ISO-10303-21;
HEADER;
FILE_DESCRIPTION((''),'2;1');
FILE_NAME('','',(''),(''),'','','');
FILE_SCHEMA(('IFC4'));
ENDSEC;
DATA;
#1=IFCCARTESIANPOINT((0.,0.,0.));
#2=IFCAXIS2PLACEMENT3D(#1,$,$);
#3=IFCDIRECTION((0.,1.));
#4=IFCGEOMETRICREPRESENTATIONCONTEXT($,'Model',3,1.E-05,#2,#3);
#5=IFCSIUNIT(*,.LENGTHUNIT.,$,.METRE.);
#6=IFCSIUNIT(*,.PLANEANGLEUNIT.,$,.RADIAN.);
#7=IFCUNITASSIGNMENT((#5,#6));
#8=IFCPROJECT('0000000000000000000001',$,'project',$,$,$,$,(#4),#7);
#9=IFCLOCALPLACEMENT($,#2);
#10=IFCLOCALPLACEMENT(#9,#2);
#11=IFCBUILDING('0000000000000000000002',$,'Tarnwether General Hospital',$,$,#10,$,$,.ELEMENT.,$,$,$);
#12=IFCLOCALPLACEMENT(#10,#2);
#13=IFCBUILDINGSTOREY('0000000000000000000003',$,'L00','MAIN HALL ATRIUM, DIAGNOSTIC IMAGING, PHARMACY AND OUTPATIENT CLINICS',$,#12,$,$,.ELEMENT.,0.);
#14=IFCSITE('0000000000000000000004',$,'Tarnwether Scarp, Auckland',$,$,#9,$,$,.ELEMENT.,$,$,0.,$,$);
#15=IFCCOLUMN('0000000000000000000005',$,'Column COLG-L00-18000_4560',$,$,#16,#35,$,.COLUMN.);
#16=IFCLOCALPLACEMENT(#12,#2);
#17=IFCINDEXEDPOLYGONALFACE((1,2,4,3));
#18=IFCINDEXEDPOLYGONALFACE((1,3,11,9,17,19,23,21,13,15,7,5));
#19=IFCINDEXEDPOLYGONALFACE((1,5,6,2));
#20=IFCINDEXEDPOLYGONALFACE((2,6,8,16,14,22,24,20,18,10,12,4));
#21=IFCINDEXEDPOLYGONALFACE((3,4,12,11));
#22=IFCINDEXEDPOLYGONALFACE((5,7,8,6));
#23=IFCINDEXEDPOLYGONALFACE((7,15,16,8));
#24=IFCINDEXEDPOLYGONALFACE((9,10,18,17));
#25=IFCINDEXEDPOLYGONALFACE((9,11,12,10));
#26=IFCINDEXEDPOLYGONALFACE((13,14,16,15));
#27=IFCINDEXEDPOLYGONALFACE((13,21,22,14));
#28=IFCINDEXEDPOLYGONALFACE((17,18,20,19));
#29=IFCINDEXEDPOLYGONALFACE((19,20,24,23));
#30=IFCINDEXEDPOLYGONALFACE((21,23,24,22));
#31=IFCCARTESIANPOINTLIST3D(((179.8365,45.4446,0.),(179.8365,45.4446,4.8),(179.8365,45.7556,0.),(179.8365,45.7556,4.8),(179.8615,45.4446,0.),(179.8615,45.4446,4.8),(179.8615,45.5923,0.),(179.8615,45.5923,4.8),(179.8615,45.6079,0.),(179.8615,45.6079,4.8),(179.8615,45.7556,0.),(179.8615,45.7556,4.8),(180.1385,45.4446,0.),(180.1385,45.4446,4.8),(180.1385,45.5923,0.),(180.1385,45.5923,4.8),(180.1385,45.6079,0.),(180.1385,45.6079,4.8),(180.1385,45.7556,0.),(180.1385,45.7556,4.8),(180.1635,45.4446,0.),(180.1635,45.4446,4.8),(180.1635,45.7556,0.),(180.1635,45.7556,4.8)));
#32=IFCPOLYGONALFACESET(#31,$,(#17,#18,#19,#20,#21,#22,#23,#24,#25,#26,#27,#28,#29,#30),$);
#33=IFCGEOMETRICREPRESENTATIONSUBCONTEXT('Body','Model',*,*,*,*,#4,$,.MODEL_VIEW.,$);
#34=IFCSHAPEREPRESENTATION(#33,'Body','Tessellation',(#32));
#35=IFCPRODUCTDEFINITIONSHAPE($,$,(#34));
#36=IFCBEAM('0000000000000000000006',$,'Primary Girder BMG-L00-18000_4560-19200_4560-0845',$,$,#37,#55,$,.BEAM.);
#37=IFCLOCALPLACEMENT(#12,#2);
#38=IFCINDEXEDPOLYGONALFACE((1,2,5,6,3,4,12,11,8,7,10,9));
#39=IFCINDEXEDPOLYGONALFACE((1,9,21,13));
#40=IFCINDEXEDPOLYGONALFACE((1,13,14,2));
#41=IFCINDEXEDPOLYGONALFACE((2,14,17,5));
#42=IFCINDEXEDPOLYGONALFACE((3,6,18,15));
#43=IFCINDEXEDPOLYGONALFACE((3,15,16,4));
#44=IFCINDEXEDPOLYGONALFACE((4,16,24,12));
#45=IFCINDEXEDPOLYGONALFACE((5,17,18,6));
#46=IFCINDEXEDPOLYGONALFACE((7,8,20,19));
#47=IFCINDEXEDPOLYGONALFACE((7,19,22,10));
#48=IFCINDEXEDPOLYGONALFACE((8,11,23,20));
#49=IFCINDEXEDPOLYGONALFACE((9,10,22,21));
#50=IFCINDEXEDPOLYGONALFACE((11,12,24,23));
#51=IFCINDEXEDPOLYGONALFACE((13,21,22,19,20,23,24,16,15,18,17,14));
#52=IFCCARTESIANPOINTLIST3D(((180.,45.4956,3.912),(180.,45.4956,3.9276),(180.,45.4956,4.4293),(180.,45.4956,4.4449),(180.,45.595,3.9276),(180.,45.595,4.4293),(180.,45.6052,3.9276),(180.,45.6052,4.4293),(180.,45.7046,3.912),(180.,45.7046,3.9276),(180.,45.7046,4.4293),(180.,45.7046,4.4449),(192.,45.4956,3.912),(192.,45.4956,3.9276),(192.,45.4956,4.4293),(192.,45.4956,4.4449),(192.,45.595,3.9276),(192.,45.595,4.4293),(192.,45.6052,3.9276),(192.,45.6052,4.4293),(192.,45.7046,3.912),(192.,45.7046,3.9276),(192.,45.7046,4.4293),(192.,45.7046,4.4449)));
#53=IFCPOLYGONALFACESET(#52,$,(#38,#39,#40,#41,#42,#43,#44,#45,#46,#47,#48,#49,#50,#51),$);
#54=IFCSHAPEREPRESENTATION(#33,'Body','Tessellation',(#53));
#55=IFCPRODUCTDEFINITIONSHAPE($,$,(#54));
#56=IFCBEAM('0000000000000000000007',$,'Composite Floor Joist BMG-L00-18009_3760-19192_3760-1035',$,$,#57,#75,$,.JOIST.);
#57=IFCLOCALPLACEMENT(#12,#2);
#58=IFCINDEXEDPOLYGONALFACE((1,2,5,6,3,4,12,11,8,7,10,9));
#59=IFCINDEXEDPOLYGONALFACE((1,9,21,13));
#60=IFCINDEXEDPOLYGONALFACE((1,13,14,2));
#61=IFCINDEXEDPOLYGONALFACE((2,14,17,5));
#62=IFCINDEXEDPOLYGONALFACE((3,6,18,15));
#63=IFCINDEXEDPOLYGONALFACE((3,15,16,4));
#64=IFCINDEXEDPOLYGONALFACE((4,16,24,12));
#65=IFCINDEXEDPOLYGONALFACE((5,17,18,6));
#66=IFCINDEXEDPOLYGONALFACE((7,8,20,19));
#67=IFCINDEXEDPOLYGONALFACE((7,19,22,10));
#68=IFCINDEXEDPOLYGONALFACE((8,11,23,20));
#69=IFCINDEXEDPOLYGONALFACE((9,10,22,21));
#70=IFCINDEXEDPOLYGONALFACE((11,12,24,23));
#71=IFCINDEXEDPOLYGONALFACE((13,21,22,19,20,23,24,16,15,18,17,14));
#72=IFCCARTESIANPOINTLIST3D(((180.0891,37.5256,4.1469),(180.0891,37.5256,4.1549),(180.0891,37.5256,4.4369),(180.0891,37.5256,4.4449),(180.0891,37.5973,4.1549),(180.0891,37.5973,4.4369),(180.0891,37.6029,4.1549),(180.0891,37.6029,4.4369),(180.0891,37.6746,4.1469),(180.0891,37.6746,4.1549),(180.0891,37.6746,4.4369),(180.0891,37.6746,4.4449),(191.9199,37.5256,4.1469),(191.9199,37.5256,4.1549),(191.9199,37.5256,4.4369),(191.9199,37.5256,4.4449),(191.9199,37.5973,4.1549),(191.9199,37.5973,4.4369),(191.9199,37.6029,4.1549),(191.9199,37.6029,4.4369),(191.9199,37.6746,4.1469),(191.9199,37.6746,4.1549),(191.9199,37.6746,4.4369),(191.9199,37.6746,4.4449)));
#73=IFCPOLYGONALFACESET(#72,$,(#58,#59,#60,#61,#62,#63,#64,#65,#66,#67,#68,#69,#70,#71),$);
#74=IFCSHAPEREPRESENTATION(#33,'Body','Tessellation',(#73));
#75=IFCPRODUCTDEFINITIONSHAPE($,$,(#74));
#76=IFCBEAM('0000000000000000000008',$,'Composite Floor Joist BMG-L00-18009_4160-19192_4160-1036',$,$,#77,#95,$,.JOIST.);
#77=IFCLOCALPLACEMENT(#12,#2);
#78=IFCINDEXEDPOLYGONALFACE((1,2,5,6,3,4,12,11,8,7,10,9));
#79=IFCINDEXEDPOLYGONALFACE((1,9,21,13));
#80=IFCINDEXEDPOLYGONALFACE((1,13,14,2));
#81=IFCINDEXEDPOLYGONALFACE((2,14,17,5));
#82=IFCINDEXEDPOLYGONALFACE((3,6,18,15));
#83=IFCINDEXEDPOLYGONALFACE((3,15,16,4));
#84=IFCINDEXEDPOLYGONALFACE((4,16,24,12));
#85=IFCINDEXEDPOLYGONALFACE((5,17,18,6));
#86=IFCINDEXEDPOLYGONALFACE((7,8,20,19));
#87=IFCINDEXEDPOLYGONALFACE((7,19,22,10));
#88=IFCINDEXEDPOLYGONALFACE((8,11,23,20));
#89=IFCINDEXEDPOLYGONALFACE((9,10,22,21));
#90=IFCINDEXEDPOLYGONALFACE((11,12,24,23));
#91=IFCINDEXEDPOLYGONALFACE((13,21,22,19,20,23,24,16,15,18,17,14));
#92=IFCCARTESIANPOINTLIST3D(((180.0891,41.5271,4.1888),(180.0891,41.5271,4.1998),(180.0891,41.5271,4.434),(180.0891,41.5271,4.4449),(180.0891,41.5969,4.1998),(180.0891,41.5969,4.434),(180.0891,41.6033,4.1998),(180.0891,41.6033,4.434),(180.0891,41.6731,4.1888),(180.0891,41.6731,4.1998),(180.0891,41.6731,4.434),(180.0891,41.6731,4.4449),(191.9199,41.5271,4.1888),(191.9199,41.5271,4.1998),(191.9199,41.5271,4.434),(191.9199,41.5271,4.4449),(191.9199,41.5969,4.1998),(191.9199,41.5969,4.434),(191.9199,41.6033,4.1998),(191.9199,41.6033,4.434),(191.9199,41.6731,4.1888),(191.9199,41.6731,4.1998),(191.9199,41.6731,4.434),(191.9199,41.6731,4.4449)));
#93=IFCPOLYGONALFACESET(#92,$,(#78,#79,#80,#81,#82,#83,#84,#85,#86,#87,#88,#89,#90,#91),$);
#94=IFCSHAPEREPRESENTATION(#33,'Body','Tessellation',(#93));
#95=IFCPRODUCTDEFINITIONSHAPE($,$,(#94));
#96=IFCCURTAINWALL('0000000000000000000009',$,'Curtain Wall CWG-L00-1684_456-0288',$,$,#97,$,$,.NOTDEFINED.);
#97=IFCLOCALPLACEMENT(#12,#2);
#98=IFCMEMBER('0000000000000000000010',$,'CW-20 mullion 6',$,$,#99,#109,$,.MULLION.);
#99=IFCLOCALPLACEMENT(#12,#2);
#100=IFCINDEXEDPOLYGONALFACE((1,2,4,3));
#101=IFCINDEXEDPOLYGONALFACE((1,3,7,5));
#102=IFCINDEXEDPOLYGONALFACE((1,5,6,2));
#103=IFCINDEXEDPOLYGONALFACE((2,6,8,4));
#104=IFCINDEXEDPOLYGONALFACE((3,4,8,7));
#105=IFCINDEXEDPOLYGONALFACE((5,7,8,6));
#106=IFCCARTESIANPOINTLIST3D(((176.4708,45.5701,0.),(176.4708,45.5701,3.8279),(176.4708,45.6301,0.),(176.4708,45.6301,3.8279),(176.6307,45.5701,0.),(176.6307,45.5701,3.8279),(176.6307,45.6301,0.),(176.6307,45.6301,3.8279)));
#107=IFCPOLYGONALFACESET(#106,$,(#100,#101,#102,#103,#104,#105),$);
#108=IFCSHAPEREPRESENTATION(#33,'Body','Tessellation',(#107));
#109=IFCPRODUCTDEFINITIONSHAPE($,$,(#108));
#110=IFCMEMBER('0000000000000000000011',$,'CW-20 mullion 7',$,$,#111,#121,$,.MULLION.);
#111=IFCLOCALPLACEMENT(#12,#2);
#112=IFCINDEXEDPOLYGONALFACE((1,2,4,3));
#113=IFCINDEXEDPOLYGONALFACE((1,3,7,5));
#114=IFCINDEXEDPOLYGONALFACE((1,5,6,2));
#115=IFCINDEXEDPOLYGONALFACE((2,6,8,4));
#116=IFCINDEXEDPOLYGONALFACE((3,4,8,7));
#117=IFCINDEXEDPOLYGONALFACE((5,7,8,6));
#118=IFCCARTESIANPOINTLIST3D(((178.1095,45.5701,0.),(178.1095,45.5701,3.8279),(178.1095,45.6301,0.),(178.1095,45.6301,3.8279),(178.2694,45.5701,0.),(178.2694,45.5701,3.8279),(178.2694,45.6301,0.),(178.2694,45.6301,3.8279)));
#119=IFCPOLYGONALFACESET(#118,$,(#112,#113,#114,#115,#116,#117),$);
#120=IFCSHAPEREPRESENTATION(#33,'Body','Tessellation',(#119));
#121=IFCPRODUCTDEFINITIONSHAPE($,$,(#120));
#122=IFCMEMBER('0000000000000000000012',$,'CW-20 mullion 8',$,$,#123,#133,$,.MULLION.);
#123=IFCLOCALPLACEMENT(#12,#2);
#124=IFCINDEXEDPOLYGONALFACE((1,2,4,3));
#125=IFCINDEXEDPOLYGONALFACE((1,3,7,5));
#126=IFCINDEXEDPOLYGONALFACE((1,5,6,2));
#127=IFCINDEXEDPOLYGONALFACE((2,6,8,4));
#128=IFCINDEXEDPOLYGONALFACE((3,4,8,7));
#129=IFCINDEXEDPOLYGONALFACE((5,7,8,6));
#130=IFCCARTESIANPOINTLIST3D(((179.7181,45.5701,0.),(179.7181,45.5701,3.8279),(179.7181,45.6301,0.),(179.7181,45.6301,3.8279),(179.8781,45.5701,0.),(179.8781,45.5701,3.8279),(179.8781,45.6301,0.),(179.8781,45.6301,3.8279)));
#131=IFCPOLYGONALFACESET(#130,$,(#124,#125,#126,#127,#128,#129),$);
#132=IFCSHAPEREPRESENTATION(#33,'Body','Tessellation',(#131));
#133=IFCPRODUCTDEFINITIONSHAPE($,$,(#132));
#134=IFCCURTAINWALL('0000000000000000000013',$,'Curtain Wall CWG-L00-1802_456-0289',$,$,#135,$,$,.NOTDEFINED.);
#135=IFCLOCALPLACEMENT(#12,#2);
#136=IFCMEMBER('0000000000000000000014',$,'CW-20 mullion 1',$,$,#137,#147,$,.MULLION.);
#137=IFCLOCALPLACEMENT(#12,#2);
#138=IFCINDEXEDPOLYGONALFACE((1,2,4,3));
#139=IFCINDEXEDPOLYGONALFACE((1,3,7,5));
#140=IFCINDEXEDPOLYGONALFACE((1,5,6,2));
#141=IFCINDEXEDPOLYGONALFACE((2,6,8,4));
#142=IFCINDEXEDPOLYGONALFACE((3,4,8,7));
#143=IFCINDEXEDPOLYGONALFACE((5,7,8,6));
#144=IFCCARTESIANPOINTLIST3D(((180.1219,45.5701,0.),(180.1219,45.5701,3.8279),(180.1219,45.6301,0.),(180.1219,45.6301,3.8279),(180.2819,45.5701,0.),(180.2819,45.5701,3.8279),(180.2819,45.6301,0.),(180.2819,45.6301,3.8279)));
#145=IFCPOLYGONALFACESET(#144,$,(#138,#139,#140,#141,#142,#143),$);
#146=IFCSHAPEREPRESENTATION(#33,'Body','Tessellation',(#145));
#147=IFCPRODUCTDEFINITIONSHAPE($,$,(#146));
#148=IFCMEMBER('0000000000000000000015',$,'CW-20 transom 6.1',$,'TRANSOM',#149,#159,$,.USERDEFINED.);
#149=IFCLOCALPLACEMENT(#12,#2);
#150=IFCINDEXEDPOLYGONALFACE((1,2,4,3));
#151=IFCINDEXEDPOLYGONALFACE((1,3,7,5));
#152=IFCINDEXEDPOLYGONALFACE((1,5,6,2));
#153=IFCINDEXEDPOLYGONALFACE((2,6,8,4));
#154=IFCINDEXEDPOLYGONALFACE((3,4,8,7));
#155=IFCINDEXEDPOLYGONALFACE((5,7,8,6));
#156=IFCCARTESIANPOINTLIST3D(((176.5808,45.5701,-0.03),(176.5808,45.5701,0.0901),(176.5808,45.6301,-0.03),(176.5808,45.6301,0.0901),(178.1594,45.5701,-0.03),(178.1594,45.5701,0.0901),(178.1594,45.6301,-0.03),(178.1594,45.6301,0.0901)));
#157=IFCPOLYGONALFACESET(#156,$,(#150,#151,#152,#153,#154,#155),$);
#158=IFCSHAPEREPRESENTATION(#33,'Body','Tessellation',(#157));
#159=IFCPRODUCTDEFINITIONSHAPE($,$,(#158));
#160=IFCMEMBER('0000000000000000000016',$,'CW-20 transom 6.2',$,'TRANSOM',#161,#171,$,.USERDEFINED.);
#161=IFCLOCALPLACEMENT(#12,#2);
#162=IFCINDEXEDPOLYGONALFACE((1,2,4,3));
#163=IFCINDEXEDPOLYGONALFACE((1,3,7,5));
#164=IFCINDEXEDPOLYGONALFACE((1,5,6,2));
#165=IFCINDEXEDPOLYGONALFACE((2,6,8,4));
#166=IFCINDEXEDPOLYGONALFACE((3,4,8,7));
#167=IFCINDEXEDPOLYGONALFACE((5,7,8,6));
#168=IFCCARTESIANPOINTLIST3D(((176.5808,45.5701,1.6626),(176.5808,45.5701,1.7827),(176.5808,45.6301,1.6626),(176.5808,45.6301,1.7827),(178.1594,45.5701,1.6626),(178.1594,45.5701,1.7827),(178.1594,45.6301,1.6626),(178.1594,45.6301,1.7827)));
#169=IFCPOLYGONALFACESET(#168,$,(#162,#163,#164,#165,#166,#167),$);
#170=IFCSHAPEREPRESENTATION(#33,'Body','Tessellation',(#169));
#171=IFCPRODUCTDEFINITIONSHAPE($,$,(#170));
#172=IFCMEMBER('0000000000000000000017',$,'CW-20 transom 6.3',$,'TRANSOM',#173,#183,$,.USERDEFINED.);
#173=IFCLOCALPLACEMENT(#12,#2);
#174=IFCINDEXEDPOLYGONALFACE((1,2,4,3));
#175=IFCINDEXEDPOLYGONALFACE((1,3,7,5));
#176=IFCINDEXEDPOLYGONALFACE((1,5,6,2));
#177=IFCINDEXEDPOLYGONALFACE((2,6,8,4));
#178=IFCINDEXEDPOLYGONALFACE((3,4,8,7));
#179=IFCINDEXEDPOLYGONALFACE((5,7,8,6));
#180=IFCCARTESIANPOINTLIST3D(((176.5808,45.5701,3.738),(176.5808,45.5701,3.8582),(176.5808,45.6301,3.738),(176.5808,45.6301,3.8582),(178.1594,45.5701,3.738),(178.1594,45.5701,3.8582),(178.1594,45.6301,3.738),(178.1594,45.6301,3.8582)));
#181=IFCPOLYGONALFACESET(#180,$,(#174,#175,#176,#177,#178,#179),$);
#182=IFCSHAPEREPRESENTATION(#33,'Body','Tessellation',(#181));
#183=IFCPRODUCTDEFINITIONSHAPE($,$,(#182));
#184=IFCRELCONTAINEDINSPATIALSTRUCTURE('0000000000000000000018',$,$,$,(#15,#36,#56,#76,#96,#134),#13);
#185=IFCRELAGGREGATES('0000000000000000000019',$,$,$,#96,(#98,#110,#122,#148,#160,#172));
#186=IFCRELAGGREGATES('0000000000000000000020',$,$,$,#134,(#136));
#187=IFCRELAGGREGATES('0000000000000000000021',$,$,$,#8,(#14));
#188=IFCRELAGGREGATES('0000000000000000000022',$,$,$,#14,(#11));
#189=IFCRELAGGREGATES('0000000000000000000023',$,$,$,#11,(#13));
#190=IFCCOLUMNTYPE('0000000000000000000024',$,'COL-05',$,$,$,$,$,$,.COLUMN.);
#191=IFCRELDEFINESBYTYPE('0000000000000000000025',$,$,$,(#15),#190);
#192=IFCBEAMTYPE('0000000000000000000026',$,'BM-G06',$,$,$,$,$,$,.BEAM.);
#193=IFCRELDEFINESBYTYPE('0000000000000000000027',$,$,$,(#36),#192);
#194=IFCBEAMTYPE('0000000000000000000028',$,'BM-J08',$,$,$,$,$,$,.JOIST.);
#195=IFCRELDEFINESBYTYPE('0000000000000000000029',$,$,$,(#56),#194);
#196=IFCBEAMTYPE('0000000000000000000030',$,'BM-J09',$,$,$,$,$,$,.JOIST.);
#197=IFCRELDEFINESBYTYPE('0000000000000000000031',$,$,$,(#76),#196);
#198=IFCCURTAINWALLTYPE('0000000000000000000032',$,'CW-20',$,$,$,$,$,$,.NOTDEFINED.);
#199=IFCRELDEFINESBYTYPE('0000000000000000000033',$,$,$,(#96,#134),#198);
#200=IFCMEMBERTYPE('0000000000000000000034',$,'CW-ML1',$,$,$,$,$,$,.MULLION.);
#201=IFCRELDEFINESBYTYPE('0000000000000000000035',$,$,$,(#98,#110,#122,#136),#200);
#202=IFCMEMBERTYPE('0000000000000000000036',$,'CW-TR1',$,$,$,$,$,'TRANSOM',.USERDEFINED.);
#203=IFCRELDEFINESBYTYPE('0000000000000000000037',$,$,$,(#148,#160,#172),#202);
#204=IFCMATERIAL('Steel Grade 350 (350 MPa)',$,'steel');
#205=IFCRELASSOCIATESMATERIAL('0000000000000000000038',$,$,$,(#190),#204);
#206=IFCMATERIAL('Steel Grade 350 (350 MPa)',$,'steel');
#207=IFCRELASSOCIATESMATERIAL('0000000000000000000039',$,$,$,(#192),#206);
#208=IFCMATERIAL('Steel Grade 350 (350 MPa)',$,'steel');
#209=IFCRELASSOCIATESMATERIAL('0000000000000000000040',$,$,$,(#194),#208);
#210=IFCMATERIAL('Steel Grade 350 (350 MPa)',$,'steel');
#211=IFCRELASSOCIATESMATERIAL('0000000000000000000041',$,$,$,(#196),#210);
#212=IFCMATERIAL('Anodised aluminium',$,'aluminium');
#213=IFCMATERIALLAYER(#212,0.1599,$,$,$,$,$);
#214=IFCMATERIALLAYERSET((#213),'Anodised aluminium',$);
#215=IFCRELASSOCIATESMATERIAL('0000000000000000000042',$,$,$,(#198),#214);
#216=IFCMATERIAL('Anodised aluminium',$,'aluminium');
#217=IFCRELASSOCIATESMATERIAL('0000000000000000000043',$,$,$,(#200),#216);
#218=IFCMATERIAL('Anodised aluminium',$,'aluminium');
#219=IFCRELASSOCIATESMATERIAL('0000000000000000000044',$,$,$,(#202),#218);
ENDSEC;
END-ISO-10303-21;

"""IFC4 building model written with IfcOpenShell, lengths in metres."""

from ifc_helpers import new_model, si_unit, direction, frame, origin, origin_2d, place, context, subcontext, project, spatial, rectangle, i_section, extrude, material, layer, layer_set, material_profile, profile_set, type_object, element, aggregate, save


model = new_model("IFC4")

# Units and contexts
model_context = context("Model", 3, precision=1e-05, world=origin(), true_north=direction((0.0, 1.0)))
body_context = subcontext(model_context, "Body", "Model", "MODEL_VIEW")
ifc_project = project(units=[si_unit("LENGTHUNIT", "METRE"), si_unit("PLANEANGLEUNIT", "RADIAN")], contexts=[model_context])

# Site, building, storey
site_placement = place(None, origin())
site = spatial("IfcSite", under=ifc_project, at=site_placement, Name="Tarnwether Scarp, Auckland", CompositionType="ELEMENT", RefElevation=0.0)
building_placement = place(site_placement, origin())
building = spatial("IfcBuilding", under=site, at=building_placement, Name="Tarnwether General Hospital", CompositionType="ELEMENT")
storey_placement = place(building_placement, origin())
storey = spatial("IfcBuildingStorey", under=building, at=storey_placement, Name="L00", Description="MAIN HALL ATRIUM, DIAGNOSTIC IMAGING, PHARMACY AND OUTPATIENT CLINICS", CompositionType="ELEMENT", Elevation=0.0)

# Column
ifc_material_1 = material(Name="Steel Grade 350 (350 MPa)", Category="steel")
ifc_material_profile_1 = material_profile(ifc_material_1, i_section(OverallWidth=0.311, OverallDepth=0.3269, WebThickness=0.0156, FlangeThickness=0.0249, at=origin_2d()), Name="310UC158")
ifc_profile_set_1 = profile_set([ifc_material_profile_1], Name="Steel Grade 350 (350 MPa)")
column_type = type_object("IfcColumnType", Name="COL-05", PredefinedType="COLUMN", material=ifc_profile_set_1)
column_placement = place(storey_placement, frame((180.0, 45.6001, 0.0), z_axis=(0.0, 0.0, 1.0), x_axis=(0.0, 1.0, 0.0)))
element("IfcColumn", 1, at=column_placement, inside=storey, type_object=column_type, Name="Column COLG-L00-18000_4560", PredefinedType="COLUMN", context=body_context, shape_type="SweptSolid", body=[
    extrude(i_section(OverallWidth=0.311, OverallDepth=0.3269, WebThickness=0.0156, FlangeThickness=0.0249, at=origin_2d()), origin(), (0.0, 0.0, 1.0), 4.8),
])

# Beams
ifc_material_2 = material(Name="Steel Grade 350 (350 MPa)", Category="steel")
ifc_material_profile_2 = material_profile(ifc_material_2, i_section(OverallWidth=0.209, OverallDepth=0.533, WebThickness=0.0103, FlangeThickness=0.0156, at=origin_2d()), Name="530UB92.4")
ifc_profile_set_2 = profile_set([ifc_material_profile_2], Name="Steel Grade 350 (350 MPa)")
beam_type_1 = type_object("IfcBeamType", Name="BM-G06", PredefinedType="BEAM", material=ifc_profile_set_2)
beam_1_placement = place(storey_placement, frame((180.0, 45.6001, 4.1785), z_axis=(1.0, 0.0, 0.0), x_axis=(0.0, 1.0, 0.0)))
element("IfcBeam", 2, at=beam_1_placement, inside=storey, type_object=beam_type_1, Name="Primary Girder BMG-L00-18000_4560-19200_4560-0845", PredefinedType="BEAM", context=body_context, shape_type="SweptSolid", body=[
    extrude(i_section(OverallWidth=0.209, OverallDepth=0.533, WebThickness=0.0103, FlangeThickness=0.0156, at=origin_2d()), origin(), (0.0, 0.0, 1.0), 12.0),
])
ifc_material_3 = material(Name="Steel Grade 350 (350 MPa)", Category="steel")
ifc_material_profile_3 = material_profile(ifc_material_3, i_section(OverallWidth=0.1489, OverallDepth=0.2981, WebThickness=0.0056, FlangeThickness=0.0081, at=origin_2d()), Name="310UB32.0")
ifc_profile_set_3 = profile_set([ifc_material_profile_3], Name="Steel Grade 350 (350 MPa)")
beam_type_2 = type_object("IfcBeamType", Name="BM-J08", PredefinedType="JOIST", material=ifc_profile_set_3)
beam_2_placement = place(storey_placement, frame((180.0891, 37.6001, 4.2959), z_axis=(1.0, 0.0, 0.0), x_axis=(0.0, 1.0, 0.0)))
element("IfcBeam", 3, at=beam_2_placement, inside=storey, type_object=beam_type_2, Name="Composite Floor Joist BMG-L00-18009_3760-19192_3760-1035", PredefinedType="JOIST", context=body_context, shape_type="SweptSolid", body=[
    extrude(i_section(OverallWidth=0.1489, OverallDepth=0.2981, WebThickness=0.0056, FlangeThickness=0.0081, at=origin_2d()), origin(), (0.0, 0.0, 1.0), 11.8308),
])
ifc_material_4 = material(Name="Steel Grade 350 (350 MPa)", Category="steel")
ifc_material_profile_4 = material_profile(ifc_material_4, i_section(OverallWidth=0.146, OverallDepth=0.2561, WebThickness=0.0063, FlangeThickness=0.011, at=origin_2d()), Name="250UB37.3")
ifc_profile_set_4 = profile_set([ifc_material_profile_4], Name="Steel Grade 350 (350 MPa)")
beam_type_3 = type_object("IfcBeamType", Name="BM-J09", PredefinedType="JOIST", material=ifc_profile_set_4)
beam_3_placement = place(storey_placement, frame((180.0891, 41.6001, 4.3169), z_axis=(1.0, 0.0, 0.0), x_axis=(0.0, 1.0, 0.0)))
element("IfcBeam", 4, at=beam_3_placement, inside=storey, type_object=beam_type_3, Name="Composite Floor Joist BMG-L00-18009_4160-19192_4160-1036", PredefinedType="JOIST", context=body_context, shape_type="SweptSolid", body=[
    extrude(i_section(OverallWidth=0.146, OverallDepth=0.2561, WebThickness=0.0063, FlangeThickness=0.011, at=origin_2d()), origin(), (0.0, 0.0, 1.0), 11.8308),
])

# Curtain wall, members
ifc_material_5 = material(Name="Anodised aluminium", Category="aluminium")
ifc_layer_1 = layer(ifc_material_5, 0.1599)
ifc_layer_set_1 = layer_set([ifc_layer_1], Name="Anodised aluminium")
curtain_wall_type = type_object("IfcCurtainWallType", Name="CW-20", PredefinedType="NOTDEFINED", material=ifc_layer_set_1)
curtain_wall_1_placement = place(storey_placement, origin())
curtain_wall_1 = element("IfcCurtainWall", 5, at=curtain_wall_1_placement, inside=storey, type_object=curtain_wall_type, Name="Curtain Wall CWG-L00-1684_456-0288", PredefinedType="NOTDEFINED")
ifc_material_6 = material(Name="Anodised aluminium", Category="aluminium")
ifc_material_profile_5 = material_profile(ifc_material_6, rectangle(XDim=0.0601, YDim=0.1599, at=origin_2d()), Name="ALU-MUL-60x160")
ifc_profile_set_5 = profile_set([ifc_material_profile_5], Name="Anodised aluminium")
member_type_1 = type_object("IfcMemberType", Name="CW-ML1", PredefinedType="MULLION", material=ifc_profile_set_5)
member_1_placement = place(storey_placement, frame((176.5508, 45.6001, 0.0), z_axis=(0.0, 0.0, 1.0), x_axis=(0.0, 1.0, 0.0)))
member_1 = element("IfcMember", 6, at=member_1_placement, type_object=member_type_1, Name="CW-20 mullion 6", PredefinedType="MULLION", context=body_context, shape_type="SweptSolid", body=[
    extrude(rectangle(XDim=0.0601, YDim=0.1599, at=origin_2d()), origin(), (0.0, 0.0, 1.0), 3.8279),
])
member_2_placement = place(storey_placement, frame((178.1895, 45.6001, 0.0), z_axis=(0.0, 0.0, 1.0), x_axis=(0.0, 1.0, 0.0)))
member_2 = element("IfcMember", 7, at=member_2_placement, type_object=member_type_1, Name="CW-20 mullion 7", PredefinedType="MULLION", context=body_context, shape_type="SweptSolid", body=[
    extrude(rectangle(XDim=0.0601, YDim=0.1599, at=origin_2d()), origin(), (0.0, 0.0, 1.0), 3.8279),
])
member_3_placement = place(storey_placement, frame((179.7981, 45.6001, 0.0), z_axis=(0.0, 0.0, 1.0), x_axis=(0.0, 1.0, 0.0)))
member_3 = element("IfcMember", 8, at=member_3_placement, type_object=member_type_1, Name="CW-20 mullion 8", PredefinedType="MULLION", context=body_context, shape_type="SweptSolid", body=[
    extrude(rectangle(XDim=0.0601, YDim=0.1599, at=origin_2d()), origin(), (0.0, 0.0, 1.0), 3.8279),
])

# Curtain wall, member
curtain_wall_2_placement = place(storey_placement, origin())
curtain_wall_2 = element("IfcCurtainWall", 9, at=curtain_wall_2_placement, inside=storey, type_object=curtain_wall_type, Name="Curtain Wall CWG-L00-1802_456-0289", PredefinedType="NOTDEFINED")
member_4_placement = place(storey_placement, frame((180.2019, 45.6001, 0.0), z_axis=(0.0, 0.0, 1.0), x_axis=(0.0, 1.0, 0.0)))
member_4 = element("IfcMember", 10, at=member_4_placement, type_object=member_type_1, Name="CW-20 mullion 1", PredefinedType="MULLION", context=body_context, shape_type="SweptSolid", body=[
    extrude(rectangle(XDim=0.0601, YDim=0.1599, at=origin_2d()), origin(), (0.0, 0.0, 1.0), 3.8279),
])

# Members
ifc_material_7 = material(Name="Anodised aluminium", Category="aluminium")
ifc_material_profile_6 = material_profile(ifc_material_7, rectangle(XDim=0.0601, YDim=0.1201, at=origin_2d()), Name="ALU-TRN-60x120")
ifc_profile_set_6 = profile_set([ifc_material_profile_6], Name="Anodised aluminium")
member_type_2 = type_object("IfcMemberType", Name="CW-TR1", ElementType="TRANSOM", PredefinedType="USERDEFINED", material=ifc_profile_set_6)
member_5_placement = place(storey_placement, frame((176.5808, 45.6001, 0.03), z_axis=(1.0, 0.0, 0.0), x_axis=(0.0, 1.0, 0.0)))
member_5 = element("IfcMember", 11, at=member_5_placement, type_object=member_type_2, Name="CW-20 transom 6.1", ObjectType="TRANSOM", PredefinedType="USERDEFINED", context=body_context, shape_type="SweptSolid", body=[
    extrude(rectangle(XDim=0.0601, YDim=0.1201, at=origin_2d()), origin(), (0.0, 0.0, 1.0), 1.5786),
])
member_6_placement = place(storey_placement, frame((176.5808, 45.6001, 1.7227), z_axis=(1.0, 0.0, 0.0), x_axis=(0.0, 1.0, 0.0)))
member_6 = element("IfcMember", 12, at=member_6_placement, type_object=member_type_2, Name="CW-20 transom 6.2", ObjectType="TRANSOM", PredefinedType="USERDEFINED", context=body_context, shape_type="SweptSolid", body=[
    extrude(rectangle(XDim=0.0601, YDim=0.1201, at=origin_2d()), origin(), (0.0, 0.0, 1.0), 1.5786),
])
member_7_placement = place(storey_placement, frame((176.5808, 45.6001, 3.7981), z_axis=(1.0, 0.0, 0.0), x_axis=(0.0, 1.0, 0.0)))
member_7 = element("IfcMember", 13, at=member_7_placement, type_object=member_type_2, Name="CW-20 transom 6.3", ObjectType="TRANSOM", PredefinedType="USERDEFINED", context=body_context, shape_type="SweptSolid", body=[
    extrude(rectangle(XDim=0.0601, YDim=0.1201, at=origin_2d()), origin(), (0.0, 0.0, 1.0), 1.5786),
])

aggregate(curtain_wall_1, [member_1, member_2, member_3, member_5, member_6, member_7])
aggregate(curtain_wall_2, [member_4])

save(model, "model.ifc")
